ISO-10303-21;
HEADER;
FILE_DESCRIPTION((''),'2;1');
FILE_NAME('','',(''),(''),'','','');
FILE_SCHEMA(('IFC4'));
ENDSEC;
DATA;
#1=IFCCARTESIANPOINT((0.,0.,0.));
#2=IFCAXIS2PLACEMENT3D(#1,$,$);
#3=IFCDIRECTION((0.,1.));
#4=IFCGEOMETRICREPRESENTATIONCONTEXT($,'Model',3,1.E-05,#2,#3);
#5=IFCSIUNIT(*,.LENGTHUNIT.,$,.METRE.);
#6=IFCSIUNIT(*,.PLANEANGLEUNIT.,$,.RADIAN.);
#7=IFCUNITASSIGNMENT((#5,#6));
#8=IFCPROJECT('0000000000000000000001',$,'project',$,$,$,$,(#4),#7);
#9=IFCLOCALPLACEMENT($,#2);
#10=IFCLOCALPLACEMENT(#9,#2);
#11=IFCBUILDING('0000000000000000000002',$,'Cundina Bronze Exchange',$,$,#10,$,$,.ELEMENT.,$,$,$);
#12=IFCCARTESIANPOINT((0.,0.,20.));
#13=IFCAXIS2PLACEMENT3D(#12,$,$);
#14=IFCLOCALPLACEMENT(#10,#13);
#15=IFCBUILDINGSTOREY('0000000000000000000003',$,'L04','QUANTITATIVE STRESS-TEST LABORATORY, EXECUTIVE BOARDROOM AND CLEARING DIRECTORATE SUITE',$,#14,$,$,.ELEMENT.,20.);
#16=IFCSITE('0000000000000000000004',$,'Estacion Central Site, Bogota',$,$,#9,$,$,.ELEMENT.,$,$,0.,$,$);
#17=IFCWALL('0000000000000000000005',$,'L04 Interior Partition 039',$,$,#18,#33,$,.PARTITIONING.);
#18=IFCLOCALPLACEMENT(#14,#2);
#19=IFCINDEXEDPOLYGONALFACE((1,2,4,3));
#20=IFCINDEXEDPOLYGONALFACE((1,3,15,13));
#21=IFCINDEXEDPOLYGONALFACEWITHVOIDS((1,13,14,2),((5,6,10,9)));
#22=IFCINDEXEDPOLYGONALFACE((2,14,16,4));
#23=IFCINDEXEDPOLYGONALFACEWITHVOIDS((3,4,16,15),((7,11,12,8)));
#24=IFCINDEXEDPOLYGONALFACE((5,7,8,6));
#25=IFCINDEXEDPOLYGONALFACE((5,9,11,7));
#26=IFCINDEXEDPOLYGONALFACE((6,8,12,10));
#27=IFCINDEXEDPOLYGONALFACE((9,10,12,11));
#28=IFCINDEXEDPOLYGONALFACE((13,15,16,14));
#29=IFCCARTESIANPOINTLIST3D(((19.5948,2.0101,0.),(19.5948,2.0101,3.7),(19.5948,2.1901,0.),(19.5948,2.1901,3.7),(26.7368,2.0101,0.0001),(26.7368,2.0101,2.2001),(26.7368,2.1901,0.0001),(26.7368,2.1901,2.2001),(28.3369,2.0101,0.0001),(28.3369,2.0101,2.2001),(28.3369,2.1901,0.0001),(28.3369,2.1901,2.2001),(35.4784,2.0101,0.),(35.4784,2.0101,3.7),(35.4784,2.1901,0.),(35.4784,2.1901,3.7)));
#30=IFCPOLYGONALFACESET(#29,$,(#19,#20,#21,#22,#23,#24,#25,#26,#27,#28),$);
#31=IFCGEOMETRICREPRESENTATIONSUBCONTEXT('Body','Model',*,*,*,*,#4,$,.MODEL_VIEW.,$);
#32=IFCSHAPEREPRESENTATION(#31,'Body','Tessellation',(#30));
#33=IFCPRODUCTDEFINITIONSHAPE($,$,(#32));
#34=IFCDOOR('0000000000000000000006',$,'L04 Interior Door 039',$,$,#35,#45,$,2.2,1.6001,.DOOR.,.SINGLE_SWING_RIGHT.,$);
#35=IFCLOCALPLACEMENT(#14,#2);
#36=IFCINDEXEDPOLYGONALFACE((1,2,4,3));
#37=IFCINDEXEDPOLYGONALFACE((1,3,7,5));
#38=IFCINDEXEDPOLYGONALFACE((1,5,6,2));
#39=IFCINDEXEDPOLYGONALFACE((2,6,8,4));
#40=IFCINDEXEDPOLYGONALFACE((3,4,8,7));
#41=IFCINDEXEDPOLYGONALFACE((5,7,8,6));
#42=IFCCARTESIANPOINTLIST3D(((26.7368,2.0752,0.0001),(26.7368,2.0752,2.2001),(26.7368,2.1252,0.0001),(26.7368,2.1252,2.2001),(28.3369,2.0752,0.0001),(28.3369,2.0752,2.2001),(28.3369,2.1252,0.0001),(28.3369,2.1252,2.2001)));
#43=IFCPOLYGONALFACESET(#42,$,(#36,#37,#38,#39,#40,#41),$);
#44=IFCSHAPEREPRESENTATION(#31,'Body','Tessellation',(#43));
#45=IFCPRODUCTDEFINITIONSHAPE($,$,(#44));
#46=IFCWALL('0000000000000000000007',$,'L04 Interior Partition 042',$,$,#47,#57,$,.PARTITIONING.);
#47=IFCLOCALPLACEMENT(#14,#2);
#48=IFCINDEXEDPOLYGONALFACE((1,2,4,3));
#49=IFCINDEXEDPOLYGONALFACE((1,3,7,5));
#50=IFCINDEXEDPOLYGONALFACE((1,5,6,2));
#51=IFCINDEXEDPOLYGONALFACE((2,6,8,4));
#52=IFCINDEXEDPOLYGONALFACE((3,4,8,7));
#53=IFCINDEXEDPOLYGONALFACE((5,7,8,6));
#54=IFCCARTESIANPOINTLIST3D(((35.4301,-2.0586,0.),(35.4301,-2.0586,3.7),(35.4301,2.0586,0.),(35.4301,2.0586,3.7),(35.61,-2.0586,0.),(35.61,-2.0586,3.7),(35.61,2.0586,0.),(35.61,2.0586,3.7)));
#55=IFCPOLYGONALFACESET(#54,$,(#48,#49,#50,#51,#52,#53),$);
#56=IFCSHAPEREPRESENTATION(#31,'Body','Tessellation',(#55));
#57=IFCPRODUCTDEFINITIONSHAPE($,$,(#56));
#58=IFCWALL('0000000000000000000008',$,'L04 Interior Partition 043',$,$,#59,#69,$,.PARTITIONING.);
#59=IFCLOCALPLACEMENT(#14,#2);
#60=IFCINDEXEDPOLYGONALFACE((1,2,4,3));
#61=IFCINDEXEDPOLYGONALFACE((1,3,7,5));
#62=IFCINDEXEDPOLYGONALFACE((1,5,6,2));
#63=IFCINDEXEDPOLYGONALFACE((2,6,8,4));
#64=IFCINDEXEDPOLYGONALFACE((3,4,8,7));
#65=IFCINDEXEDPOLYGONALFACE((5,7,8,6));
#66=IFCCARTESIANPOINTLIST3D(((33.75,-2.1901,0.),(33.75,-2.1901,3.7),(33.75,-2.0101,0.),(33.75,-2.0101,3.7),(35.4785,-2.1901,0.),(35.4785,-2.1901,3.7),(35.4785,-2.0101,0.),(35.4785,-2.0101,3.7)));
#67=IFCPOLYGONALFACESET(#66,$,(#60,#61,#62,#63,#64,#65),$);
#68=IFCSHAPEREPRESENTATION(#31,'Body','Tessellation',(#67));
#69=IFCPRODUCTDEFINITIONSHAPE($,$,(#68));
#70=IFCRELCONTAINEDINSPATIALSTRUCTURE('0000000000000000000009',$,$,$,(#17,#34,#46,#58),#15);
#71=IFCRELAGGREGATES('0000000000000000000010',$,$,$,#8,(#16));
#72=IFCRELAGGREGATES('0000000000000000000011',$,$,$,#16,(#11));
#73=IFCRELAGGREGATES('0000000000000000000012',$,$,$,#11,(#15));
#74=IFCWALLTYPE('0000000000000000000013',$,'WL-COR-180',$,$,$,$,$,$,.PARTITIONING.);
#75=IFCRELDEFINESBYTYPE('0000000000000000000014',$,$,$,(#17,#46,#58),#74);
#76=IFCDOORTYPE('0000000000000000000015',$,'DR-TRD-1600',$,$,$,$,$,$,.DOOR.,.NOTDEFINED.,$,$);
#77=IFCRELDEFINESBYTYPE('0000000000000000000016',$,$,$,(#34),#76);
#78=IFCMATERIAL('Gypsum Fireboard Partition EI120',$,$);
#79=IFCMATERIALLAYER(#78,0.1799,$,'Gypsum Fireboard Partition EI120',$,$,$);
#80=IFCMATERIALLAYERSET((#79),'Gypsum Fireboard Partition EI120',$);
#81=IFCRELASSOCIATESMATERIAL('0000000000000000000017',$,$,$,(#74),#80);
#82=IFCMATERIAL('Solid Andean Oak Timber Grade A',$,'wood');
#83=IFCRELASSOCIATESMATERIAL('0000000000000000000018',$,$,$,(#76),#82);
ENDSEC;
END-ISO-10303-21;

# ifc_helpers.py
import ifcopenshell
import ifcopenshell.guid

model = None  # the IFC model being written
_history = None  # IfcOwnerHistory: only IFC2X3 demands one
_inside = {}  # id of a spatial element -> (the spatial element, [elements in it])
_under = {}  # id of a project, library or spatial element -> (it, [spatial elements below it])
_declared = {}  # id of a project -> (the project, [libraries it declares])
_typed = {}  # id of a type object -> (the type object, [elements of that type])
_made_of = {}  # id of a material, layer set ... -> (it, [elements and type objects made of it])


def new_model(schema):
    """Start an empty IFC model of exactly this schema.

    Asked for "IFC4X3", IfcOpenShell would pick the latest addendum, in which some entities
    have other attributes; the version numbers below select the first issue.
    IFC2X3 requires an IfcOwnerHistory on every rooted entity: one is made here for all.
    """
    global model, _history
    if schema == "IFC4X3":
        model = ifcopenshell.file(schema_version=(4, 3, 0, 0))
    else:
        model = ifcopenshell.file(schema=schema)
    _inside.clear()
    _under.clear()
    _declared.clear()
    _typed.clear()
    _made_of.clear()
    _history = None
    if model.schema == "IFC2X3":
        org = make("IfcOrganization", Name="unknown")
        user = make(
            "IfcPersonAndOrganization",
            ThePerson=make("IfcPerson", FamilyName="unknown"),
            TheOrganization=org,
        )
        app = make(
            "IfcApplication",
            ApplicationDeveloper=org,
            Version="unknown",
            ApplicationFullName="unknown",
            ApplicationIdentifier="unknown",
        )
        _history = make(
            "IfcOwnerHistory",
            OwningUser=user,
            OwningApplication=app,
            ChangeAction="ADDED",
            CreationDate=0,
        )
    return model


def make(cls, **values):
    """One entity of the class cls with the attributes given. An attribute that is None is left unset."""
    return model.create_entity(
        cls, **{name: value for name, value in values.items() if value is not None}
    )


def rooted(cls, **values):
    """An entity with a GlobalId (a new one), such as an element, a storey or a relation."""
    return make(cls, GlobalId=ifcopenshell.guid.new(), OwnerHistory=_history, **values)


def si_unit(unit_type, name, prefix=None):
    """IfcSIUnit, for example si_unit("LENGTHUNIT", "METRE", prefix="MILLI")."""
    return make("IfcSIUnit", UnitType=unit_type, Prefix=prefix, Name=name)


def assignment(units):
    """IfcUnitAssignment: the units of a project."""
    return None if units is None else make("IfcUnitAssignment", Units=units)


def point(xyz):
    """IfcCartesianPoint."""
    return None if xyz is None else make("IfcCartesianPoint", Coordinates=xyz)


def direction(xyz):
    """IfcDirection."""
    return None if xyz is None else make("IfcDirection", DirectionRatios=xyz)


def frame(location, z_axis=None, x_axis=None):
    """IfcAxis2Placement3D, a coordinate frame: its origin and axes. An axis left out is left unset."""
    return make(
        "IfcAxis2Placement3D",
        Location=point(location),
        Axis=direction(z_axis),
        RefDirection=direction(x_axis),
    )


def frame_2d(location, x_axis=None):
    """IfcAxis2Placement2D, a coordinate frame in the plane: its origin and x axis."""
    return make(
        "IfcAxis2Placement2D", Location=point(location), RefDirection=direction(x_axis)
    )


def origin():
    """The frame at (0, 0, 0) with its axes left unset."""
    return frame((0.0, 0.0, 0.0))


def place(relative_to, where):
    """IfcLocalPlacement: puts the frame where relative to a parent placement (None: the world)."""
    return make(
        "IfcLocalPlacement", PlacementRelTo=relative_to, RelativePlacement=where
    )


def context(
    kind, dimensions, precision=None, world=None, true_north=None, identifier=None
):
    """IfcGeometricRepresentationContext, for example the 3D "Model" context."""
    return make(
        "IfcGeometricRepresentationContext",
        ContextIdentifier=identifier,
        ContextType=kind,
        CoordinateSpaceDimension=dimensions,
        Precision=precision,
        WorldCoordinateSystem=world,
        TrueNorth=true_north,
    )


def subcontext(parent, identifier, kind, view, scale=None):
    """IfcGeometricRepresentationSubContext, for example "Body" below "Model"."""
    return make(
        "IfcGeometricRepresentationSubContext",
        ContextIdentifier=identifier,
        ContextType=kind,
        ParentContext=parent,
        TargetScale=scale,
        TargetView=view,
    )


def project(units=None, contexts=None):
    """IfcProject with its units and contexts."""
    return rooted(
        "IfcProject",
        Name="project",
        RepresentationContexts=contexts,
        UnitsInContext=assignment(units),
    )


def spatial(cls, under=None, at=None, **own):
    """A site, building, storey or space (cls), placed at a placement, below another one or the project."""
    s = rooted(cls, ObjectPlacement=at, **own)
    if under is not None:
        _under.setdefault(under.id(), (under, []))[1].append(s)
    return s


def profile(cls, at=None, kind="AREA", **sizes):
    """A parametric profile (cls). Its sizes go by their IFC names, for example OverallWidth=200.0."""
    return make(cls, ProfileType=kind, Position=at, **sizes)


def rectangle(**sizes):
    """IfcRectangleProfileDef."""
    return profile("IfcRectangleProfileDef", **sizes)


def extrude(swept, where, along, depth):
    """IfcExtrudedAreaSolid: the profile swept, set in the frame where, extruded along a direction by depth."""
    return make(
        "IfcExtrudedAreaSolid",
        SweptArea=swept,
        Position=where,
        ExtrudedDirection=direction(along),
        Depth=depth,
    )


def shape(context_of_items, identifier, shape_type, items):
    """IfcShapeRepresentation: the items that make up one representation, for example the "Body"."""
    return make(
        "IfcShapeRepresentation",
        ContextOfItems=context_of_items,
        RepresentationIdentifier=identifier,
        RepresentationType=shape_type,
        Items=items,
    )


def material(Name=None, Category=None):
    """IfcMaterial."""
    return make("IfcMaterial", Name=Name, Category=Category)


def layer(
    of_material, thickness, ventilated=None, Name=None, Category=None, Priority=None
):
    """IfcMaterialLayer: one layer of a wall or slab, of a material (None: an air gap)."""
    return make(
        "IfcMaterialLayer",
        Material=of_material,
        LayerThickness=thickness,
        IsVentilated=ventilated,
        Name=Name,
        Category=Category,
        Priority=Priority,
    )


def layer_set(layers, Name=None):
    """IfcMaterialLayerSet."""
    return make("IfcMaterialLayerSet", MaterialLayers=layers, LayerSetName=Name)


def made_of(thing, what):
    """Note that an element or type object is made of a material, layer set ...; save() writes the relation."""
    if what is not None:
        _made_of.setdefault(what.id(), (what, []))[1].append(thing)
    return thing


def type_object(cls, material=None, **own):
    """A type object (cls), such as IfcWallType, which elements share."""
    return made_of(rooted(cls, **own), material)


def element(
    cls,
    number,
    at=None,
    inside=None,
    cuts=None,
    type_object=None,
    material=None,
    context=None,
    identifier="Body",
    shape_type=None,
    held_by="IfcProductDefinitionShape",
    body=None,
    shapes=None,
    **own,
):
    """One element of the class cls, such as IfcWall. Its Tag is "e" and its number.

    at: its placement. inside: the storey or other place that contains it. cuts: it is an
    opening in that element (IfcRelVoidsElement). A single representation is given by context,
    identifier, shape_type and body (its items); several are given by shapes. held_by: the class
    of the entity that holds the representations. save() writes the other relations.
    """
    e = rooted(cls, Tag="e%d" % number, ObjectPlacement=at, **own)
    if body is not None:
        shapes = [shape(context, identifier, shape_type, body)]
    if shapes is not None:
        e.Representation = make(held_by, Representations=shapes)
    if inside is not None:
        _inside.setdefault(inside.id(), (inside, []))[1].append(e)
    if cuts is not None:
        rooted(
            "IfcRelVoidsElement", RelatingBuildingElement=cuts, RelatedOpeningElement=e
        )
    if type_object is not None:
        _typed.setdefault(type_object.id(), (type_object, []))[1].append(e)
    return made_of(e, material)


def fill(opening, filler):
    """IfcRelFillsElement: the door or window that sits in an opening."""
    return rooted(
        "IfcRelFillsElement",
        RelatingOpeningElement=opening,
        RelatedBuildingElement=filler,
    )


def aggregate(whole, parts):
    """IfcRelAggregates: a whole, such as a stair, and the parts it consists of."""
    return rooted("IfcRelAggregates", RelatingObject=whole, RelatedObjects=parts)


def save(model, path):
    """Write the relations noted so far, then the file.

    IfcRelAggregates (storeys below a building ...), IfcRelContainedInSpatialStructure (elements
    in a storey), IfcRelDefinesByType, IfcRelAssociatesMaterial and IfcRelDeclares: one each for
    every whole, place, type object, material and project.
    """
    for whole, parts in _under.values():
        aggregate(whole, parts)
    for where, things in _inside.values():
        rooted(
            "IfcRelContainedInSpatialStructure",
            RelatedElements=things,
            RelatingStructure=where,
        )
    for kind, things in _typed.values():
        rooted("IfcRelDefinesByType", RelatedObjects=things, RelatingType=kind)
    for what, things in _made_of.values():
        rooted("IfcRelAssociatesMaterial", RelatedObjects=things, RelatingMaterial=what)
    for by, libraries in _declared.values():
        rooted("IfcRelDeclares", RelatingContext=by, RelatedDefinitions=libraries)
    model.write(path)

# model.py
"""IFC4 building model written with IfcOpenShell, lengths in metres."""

from ifc_helpers import new_model, si_unit, direction, frame, frame_2d, origin, place, context, subcontext, project, spatial, rectangle, extrude, material, layer, layer_set, type_object, element, fill, save


model = new_model("IFC4")

# Units and contexts
model_context = context("Model", 3, precision=1e-05, world=origin(), true_north=direction((0.0, 1.0)))
body_context = subcontext(model_context, "Body", "Model", "MODEL_VIEW")
ifc_project = project(units=[si_unit("LENGTHUNIT", "METRE"), si_unit("PLANEANGLEUNIT", "RADIAN")], contexts=[model_context])

# Site, building, storey
site_placement = place(None, origin())
site = spatial("IfcSite", under=ifc_project, at=site_placement, Name="Estacion Central Site, Bogota", CompositionType="ELEMENT", RefElevation=0.0)
building_placement = place(site_placement, origin())
building = spatial("IfcBuilding", under=site, at=building_placement, Name="Cundina Bronze Exchange", CompositionType="ELEMENT")
storey_placement = place(building_placement, frame((0.0, 0.0, 20.0)))
storey = spatial("IfcBuildingStorey", under=building, at=storey_placement, Name="L04", Description="QUANTITATIVE STRESS-TEST LABORATORY, EXECUTIVE BOARDROOM AND CLEARING DIRECTORATE SUITE", CompositionType="ELEMENT", Elevation=20.0)

# Wall, opening, door
ifc_material_1 = material(Name="Gypsum Fireboard Partition EI120")
ifc_layer_1 = layer(ifc_material_1, 0.1799, Name="Gypsum Fireboard Partition EI120")
ifc_layer_set_1 = layer_set([ifc_layer_1], Name="Gypsum Fireboard Partition EI120")
wall_type = type_object("IfcWallType", Name="WL-COR-180", PredefinedType="PARTITIONING", material=ifc_layer_set_1)
wall_1_placement = place(storey_placement, frame((35.4785, 2.1001, 0.0), z_axis=(0.0, 0.0, 1.0), x_axis=(-1.0, 0.0, 0.0)))
wall_1 = element("IfcWall", 1, at=wall_1_placement, inside=storey, type_object=wall_type, Name="L04 Interior Partition 039", PredefinedType="PARTITIONING", context=body_context, shape_type="SweptSolid", body=[
    extrude(rectangle(XDim=15.8835, YDim=0.1799, at=frame_2d((7.9419, 0.0))), origin(), (0.0, 0.0, 1.0), 3.7),
])
opening_1_placement = place(wall_1_placement, frame((7.1416, 0.0, 0.0)))
opening_1 = element("IfcOpeningElement", 2, at=opening_1_placement, cuts=wall_1, PredefinedType="OPENING", context=body_context, shape_type="SweptSolid", body=[
    extrude(rectangle(XDim=1.6001, YDim=2.2, at=frame_2d((0.8, 1.1001))), frame((0.0, 0.0999, 0.0), z_axis=(0.0, -1.0, 0.0), x_axis=(1.0, 0.0, 0.0)), (0.0, 0.0, 1.0), 0.2),
])
ifc_material_2 = material(Name="Solid Andean Oak Timber Grade A", Category="wood")
door_type_1 = type_object("IfcDoorType", Name="DR-TRD-1600", OperationType="NOTDEFINED", PredefinedType="DOOR", material=ifc_material_2)
door_1_placement = place(opening_1_placement, origin())
door_1 = element("IfcDoor", 3, at=door_1_placement, inside=storey, type_object=door_type_1, Name="L04 Interior Door 039", OperationType="SINGLE_SWING_RIGHT", OverallHeight=2.2, OverallWidth=1.6001, PredefinedType="DOOR", context=body_context, shape_type="SweptSolid", body=[
    extrude(rectangle(XDim=1.6001, YDim=2.2, at=frame_2d((0.8, 1.1001))), frame((0.0, 0.0249, 0.0), z_axis=(0.0, -1.0, 0.0), x_axis=(1.0, 0.0, 0.0)), (0.0, 0.0, 1.0), 0.05),
])
fill(opening_1, door_1)

# Walls
wall_2_placement = place(storey_placement, frame((35.52, -2.0586, 0.0), z_axis=(0.0, 0.0, 1.0), x_axis=(0.0, 1.0, 0.0)))
element("IfcWall", 4, at=wall_2_placement, inside=storey, type_object=wall_type, Name="L04 Interior Partition 042", PredefinedType="PARTITIONING", context=body_context, shape_type="SweptSolid", body=[
    extrude(rectangle(XDim=4.1172, YDim=0.1799, at=frame_2d((2.0586, 0.0))), origin(), (0.0, 0.0, 1.0), 3.7),
])
wall_3_placement = place(storey_placement, frame((33.75, -2.1001, 0.0), z_axis=(0.0, 0.0, 1.0), x_axis=(1.0, 0.0, 0.0)))
element("IfcWall", 5, at=wall_3_placement, inside=storey, type_object=wall_type, Name="L04 Interior Partition 043", PredefinedType="PARTITIONING", context=body_context, shape_type="SweptSolid", body=[
    extrude(rectangle(XDim=1.7285, YDim=0.1799, at=frame_2d((0.8643, 0.0))), origin(), (0.0, 0.0, 1.0), 3.7),
])

save(model, "model.ifc")
